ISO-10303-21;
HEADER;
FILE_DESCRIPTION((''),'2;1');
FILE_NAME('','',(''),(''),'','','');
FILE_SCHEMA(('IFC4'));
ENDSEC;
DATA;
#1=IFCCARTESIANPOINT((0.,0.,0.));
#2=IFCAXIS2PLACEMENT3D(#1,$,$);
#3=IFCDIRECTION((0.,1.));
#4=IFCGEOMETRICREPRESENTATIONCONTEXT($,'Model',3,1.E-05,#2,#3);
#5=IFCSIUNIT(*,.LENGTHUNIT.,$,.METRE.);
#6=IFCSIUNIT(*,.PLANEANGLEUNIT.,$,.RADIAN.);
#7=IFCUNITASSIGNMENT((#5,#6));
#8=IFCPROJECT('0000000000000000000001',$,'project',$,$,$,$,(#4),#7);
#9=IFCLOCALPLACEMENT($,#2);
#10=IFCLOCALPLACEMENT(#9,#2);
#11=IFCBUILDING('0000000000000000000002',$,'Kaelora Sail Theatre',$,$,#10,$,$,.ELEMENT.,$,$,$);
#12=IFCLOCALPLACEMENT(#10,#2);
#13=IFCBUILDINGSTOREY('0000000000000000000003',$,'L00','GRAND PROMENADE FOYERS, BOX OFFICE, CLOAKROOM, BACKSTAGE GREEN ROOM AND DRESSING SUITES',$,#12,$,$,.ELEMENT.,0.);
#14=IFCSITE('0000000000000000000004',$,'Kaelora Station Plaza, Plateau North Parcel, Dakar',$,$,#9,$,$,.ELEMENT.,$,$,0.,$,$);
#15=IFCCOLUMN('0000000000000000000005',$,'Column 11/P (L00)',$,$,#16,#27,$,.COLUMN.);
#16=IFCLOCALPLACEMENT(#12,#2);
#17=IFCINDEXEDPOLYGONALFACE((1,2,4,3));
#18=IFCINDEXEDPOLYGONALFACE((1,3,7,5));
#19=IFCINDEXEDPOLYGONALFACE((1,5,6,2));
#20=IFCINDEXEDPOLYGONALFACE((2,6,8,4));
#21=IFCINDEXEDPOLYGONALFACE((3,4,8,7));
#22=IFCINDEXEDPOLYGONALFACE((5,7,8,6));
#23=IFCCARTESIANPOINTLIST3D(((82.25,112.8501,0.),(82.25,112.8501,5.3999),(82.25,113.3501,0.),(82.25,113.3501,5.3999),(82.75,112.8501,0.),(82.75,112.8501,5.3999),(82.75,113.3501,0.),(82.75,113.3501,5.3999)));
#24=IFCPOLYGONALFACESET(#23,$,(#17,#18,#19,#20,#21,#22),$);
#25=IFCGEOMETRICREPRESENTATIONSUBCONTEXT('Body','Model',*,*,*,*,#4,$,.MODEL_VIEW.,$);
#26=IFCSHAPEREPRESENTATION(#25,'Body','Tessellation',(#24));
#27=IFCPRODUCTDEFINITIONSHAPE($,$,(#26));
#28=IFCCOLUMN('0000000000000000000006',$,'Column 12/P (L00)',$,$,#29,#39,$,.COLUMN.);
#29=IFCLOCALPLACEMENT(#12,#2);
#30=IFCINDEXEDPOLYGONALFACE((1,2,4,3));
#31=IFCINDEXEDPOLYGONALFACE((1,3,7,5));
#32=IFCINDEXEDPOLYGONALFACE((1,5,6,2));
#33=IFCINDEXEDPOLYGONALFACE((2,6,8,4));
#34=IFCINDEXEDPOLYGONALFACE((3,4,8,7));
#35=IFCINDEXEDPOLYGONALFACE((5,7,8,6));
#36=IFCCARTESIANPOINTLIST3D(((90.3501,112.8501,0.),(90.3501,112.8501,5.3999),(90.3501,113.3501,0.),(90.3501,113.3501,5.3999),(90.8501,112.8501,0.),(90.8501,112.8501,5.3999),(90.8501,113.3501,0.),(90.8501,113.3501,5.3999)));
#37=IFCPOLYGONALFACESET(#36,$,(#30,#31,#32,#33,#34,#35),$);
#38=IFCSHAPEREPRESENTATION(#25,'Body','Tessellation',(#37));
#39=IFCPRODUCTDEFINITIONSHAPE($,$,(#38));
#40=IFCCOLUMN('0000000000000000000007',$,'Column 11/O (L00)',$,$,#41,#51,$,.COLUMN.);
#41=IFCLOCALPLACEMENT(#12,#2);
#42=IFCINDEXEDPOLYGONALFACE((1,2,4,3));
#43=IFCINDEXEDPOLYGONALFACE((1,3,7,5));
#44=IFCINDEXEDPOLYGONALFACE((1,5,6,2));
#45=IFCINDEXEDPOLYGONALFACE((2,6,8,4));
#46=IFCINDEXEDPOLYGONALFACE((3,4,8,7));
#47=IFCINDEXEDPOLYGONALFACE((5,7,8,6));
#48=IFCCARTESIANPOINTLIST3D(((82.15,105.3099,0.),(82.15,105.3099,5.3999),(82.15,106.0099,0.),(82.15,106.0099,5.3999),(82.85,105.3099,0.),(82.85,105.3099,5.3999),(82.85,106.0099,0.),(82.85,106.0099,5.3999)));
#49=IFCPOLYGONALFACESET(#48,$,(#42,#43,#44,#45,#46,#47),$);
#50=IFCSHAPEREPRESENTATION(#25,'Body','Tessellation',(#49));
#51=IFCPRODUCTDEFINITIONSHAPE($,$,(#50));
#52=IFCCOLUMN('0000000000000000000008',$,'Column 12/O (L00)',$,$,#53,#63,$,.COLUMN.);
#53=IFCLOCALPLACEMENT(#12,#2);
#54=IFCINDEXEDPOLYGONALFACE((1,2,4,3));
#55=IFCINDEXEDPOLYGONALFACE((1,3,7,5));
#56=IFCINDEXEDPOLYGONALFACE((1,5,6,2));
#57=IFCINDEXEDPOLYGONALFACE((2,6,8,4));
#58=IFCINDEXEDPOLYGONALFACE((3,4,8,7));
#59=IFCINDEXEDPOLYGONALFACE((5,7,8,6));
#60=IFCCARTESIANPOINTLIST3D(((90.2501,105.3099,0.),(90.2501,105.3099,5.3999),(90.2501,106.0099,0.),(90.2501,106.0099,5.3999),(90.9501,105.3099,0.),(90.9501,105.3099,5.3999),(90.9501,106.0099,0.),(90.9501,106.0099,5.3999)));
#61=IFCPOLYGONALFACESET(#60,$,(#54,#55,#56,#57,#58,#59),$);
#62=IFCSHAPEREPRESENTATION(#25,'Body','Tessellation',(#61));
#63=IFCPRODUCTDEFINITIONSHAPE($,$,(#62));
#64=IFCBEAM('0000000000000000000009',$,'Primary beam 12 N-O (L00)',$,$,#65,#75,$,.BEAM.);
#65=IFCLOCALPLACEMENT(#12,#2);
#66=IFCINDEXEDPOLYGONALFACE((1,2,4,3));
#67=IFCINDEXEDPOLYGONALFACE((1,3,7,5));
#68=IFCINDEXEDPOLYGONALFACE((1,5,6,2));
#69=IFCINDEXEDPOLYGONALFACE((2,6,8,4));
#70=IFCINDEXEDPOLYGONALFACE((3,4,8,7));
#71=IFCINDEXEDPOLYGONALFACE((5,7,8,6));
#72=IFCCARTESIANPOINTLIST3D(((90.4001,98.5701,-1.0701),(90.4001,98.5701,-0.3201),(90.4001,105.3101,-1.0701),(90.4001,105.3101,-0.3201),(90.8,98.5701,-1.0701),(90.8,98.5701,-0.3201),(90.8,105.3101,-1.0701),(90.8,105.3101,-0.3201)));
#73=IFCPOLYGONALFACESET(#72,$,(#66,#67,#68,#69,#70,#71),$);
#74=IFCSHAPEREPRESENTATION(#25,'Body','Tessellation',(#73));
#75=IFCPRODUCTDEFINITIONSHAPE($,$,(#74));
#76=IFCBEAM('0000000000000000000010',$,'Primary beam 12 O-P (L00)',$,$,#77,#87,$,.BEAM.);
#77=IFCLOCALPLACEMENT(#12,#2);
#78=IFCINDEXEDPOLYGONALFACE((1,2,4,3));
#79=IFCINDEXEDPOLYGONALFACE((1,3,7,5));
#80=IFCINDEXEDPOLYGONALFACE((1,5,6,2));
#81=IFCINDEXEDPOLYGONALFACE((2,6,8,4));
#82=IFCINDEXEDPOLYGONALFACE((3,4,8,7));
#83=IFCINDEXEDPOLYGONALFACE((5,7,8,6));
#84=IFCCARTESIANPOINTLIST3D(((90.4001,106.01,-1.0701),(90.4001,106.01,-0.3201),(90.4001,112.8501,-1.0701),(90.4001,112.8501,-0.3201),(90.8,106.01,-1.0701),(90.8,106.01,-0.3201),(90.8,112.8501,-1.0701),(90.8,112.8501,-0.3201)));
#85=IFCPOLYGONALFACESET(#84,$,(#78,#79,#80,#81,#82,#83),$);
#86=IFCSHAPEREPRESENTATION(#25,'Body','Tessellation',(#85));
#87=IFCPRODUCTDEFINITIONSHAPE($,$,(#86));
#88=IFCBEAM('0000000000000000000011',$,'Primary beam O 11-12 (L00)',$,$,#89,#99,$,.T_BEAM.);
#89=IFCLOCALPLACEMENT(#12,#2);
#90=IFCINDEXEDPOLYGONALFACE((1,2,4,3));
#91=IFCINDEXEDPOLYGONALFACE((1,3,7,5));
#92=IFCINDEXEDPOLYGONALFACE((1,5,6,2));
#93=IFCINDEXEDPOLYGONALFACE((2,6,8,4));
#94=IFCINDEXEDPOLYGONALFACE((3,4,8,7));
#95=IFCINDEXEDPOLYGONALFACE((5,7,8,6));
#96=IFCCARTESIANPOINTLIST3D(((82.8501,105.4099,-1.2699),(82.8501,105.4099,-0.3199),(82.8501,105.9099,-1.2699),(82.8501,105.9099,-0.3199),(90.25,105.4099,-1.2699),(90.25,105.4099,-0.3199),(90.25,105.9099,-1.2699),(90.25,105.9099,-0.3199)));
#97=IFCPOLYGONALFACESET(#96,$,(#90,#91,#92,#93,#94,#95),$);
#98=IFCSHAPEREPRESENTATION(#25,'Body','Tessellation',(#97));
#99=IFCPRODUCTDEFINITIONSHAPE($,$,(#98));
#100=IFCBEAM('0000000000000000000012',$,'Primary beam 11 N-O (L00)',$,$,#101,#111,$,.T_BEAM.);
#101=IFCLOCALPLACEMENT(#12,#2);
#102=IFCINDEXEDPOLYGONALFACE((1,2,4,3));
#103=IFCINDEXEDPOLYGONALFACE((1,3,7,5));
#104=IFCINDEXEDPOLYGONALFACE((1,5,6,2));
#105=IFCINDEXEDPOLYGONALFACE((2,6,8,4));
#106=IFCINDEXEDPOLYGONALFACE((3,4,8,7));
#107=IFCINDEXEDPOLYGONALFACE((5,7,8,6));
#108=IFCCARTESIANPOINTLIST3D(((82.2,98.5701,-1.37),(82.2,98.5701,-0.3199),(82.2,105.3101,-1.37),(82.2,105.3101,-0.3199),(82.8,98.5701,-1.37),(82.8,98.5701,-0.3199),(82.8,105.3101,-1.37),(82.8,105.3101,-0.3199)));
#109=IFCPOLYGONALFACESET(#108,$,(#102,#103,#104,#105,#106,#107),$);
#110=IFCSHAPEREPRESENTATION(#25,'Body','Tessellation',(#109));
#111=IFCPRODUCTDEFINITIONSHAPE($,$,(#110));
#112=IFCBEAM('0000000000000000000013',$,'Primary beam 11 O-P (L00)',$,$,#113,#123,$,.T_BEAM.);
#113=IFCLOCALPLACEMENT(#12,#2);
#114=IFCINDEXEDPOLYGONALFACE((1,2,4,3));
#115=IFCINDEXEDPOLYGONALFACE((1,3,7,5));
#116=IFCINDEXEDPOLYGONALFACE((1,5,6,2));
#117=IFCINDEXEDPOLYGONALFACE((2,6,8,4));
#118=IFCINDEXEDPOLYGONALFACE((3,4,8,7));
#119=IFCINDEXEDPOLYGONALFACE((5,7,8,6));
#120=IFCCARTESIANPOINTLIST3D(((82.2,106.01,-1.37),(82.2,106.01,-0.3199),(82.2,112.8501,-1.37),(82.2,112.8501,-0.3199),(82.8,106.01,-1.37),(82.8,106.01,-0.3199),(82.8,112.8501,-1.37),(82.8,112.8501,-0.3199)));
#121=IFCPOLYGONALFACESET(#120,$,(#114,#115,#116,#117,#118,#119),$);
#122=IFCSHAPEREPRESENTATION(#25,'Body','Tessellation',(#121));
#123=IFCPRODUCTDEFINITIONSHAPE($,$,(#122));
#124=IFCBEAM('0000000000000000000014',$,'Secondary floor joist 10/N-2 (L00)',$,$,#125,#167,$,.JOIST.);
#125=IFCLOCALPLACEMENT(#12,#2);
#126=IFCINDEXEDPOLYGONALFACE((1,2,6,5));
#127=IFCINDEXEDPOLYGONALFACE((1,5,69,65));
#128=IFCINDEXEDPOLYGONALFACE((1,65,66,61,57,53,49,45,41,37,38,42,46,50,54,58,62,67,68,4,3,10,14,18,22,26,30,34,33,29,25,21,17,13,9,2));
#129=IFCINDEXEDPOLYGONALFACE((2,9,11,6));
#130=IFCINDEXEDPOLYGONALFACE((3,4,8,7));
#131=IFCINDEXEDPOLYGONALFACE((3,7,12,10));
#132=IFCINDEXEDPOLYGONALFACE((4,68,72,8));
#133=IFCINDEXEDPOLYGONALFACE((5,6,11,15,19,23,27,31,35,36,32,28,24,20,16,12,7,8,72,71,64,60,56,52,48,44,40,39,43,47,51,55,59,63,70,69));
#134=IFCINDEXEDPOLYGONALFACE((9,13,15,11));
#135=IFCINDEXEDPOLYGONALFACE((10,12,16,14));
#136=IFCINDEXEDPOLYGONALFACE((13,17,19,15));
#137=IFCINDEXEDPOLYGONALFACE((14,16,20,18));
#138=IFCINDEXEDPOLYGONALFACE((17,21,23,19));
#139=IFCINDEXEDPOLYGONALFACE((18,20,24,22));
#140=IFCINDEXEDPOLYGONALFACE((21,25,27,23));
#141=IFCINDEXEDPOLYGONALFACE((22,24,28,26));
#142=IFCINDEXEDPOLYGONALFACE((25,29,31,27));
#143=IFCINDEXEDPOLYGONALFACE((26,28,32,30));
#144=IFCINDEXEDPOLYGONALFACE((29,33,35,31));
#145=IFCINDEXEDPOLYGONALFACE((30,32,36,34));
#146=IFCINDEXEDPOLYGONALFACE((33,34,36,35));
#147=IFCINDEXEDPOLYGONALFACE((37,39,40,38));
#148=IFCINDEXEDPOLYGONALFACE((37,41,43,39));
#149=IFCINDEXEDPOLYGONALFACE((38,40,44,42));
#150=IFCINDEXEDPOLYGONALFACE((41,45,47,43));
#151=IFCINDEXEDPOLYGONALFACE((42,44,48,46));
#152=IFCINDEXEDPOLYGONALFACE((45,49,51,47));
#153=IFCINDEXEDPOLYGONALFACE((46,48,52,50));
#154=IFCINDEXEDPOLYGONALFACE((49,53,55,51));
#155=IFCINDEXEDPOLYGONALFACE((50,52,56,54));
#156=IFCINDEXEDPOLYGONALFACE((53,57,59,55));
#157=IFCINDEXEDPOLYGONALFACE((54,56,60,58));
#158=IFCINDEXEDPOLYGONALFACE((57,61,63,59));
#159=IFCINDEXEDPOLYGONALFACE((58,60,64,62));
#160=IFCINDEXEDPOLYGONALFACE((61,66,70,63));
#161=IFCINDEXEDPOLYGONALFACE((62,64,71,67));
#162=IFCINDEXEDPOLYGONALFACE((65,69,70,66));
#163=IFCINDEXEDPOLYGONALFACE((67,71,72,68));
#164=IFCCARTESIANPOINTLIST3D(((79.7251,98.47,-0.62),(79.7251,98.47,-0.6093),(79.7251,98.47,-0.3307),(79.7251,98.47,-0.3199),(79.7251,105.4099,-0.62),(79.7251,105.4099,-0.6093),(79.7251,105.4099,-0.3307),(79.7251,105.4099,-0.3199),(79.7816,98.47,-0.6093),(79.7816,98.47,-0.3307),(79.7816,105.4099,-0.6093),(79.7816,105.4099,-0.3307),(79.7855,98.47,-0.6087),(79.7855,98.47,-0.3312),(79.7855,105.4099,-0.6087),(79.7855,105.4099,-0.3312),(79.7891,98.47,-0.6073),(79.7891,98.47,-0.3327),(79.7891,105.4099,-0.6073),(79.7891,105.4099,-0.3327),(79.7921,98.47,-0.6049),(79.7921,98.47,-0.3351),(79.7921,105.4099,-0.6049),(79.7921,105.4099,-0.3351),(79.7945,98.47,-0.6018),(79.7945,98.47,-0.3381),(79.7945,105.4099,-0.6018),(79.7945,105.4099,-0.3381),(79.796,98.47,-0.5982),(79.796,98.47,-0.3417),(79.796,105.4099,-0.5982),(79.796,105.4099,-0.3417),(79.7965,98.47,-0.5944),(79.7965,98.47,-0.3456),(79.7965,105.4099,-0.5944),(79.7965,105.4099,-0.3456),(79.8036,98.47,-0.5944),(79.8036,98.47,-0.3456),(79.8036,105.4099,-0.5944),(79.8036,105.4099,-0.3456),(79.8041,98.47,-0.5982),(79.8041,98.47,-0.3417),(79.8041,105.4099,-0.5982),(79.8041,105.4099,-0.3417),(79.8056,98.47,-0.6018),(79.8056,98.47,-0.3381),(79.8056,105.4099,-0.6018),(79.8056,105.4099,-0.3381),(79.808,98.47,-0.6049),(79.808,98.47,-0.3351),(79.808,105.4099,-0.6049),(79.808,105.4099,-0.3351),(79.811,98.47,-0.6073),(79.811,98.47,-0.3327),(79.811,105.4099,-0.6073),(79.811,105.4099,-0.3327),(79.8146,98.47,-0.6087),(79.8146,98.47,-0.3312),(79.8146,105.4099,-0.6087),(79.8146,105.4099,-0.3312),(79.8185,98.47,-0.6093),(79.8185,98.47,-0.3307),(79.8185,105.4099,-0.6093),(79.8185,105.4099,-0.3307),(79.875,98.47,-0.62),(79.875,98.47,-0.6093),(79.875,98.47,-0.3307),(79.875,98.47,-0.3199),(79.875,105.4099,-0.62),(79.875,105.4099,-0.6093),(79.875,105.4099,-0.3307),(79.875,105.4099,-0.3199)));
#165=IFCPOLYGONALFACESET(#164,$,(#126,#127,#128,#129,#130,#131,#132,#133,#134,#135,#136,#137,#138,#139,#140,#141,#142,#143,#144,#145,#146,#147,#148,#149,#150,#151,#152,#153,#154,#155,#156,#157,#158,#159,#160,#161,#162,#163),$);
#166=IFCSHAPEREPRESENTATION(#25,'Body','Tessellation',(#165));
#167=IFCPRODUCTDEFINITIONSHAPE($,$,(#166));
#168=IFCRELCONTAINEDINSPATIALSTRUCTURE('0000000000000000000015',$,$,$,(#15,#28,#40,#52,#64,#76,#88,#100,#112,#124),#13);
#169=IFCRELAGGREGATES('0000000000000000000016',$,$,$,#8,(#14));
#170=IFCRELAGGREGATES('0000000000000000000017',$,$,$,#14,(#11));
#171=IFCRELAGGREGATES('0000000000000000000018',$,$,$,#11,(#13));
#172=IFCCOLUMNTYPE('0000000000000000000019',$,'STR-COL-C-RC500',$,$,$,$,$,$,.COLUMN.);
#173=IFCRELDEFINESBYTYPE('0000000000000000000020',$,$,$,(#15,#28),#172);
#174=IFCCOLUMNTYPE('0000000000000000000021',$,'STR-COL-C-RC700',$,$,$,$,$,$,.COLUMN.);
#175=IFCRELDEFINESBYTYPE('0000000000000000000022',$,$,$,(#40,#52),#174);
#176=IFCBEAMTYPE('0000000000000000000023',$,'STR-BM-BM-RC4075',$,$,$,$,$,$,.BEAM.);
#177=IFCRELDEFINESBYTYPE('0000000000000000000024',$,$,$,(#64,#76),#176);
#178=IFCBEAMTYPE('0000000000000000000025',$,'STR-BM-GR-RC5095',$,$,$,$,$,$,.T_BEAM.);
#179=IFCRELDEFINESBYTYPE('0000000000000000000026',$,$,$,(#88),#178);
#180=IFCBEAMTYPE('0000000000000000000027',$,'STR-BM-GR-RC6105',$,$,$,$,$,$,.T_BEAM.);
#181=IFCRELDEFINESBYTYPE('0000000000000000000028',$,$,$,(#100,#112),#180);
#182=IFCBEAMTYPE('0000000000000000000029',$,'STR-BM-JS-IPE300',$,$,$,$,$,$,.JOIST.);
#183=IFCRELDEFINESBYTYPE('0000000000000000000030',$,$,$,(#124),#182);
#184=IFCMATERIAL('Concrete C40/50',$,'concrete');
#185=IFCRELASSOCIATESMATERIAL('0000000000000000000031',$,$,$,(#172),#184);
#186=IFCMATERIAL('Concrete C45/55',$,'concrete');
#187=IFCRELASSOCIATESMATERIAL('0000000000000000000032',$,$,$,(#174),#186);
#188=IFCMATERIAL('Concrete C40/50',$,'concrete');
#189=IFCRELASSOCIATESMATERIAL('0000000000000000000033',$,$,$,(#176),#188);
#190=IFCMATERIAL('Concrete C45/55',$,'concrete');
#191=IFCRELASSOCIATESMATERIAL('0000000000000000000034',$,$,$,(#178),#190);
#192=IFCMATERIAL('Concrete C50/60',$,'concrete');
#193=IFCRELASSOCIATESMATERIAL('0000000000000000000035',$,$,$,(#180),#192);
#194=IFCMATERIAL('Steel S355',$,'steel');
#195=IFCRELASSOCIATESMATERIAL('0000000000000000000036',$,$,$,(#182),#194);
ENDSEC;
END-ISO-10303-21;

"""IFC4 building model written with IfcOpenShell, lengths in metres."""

from ifc_helpers import new_model, si_unit, direction, frame, origin, origin_2d, place, context, subcontext, project, spatial, rectangle, i_section, extrude, material, material_profile, profile_set, type_object, element, save


model = new_model("IFC4")

# Units and contexts
model_context = context("Model", 3, precision=1e-05, world=origin(), true_north=direction((0.0, 1.0)))
body_context = subcontext(model_context, "Body", "Model", "MODEL_VIEW")
ifc_project = project(units=[si_unit("LENGTHUNIT", "METRE"), si_unit("PLANEANGLEUNIT", "RADIAN")], contexts=[model_context])

# Site, building, storey
site_placement = place(None, origin())
site = spatial("IfcSite", under=ifc_project, at=site_placement, Name="Kaelora Station Plaza, Plateau North Parcel, Dakar", CompositionType="ELEMENT", RefElevation=0.0)
building_placement = place(site_placement, origin())
building = spatial("IfcBuilding", under=site, at=building_placement, Name="Kaelora Sail Theatre", CompositionType="ELEMENT")
storey_placement = place(building_placement, origin())
storey = spatial("IfcBuildingStorey", under=building, at=storey_placement, Name="L00", Description="GRAND PROMENADE FOYERS, BOX OFFICE, CLOAKROOM, BACKSTAGE GREEN ROOM AND DRESSING SUITES", CompositionType="ELEMENT", Elevation=0.0)

# Columns
ifc_material_1 = material(Name="Concrete C40/50", Category="concrete")
ifc_material_profile_1 = material_profile(ifc_material_1, rectangle(XDim=0.5, YDim=0.5, at=origin_2d()), Name="RC-COL 500x500")
ifc_profile_set_1 = profile_set([ifc_material_profile_1], Name="Concrete C40/50")
column_type_1 = type_object("IfcColumnType", Name="STR-COL-C-RC500", PredefinedType="COLUMN", material=ifc_profile_set_1)
for number, where, z_axis, x_axis, name in (
    (1, (82.5, 113.1001, 0.0), (0.0, 0.0, 1.0), (1.0, 0.0, 0.0), "Column 11/P (L00)"),
    (2, (90.6001, 113.1001, 0.0), (0.0, 0.0, 1.0), (1.0, 0.0, 0.0), "Column 12/P (L00)"),
):
    element("IfcColumn", number, at=place(storey_placement, frame(where, z_axis=z_axis, x_axis=x_axis)), inside=storey, type_object=column_type_1, Name=name, PredefinedType="COLUMN", context=body_context, shape_type="SweptSolid", body=[
        extrude(rectangle(XDim=0.5, YDim=0.5, at=origin_2d()), origin(), (0.0, 0.0, 1.0), 5.3999),
    ])
ifc_material_2 = material(Name="Concrete C45/55", Category="concrete")
ifc_material_profile_2 = material_profile(ifc_material_2, rectangle(XDim=0.7, YDim=0.7, at=origin_2d()), Name="RC-COL 700x700")
ifc_profile_set_2 = profile_set([ifc_material_profile_2], Name="Concrete C45/55")
column_type_2 = type_object("IfcColumnType", Name="STR-COL-C-RC700", PredefinedType="COLUMN", material=ifc_profile_set_2)
for number, where, z_axis, x_axis, name in (
    (3, (82.5, 105.6599, 0.0), (0.0, 0.0, 1.0), (1.0, 0.0, 0.0), "Column 11/O (L00)"),
    (4, (90.6001, 105.6599, 0.0), (0.0, 0.0, 1.0), (1.0, 0.0, 0.0), "Column 12/O (L00)"),
):
    element("IfcColumn", number, at=place(storey_placement, frame(where, z_axis=z_axis, x_axis=x_axis)), inside=storey, type_object=column_type_2, Name=name, PredefinedType="COLUMN", context=body_context, shape_type="SweptSolid", body=[
        extrude(rectangle(XDim=0.7, YDim=0.7, at=origin_2d()), origin(), (0.0, 0.0, 1.0), 5.3999),
    ])

# Beams
ifc_material_3 = material(Name="Concrete C40/50", Category="concrete")
ifc_material_profile_3 = material_profile(ifc_material_3, rectangle(XDim=0.3999, YDim=0.75, at=origin_2d()), Name="RC-BM 400x750")
ifc_profile_set_3 = profile_set([ifc_material_profile_3], Name="Concrete C40/50")
beam_type_1 = type_object("IfcBeamType", Name="STR-BM-BM-RC4075", PredefinedType="BEAM", material=ifc_profile_set_3)
beam_1_placement = place(storey_placement, frame((90.6001, 98.5701, -0.6951), z_axis=(0.0, 1.0, 0.0), x_axis=(-1.0, 0.0, 0.0)))
element("IfcBeam", 5, at=beam_1_placement, inside=storey, type_object=beam_type_1, Name="Primary beam 12 N-O (L00)", PredefinedType="BEAM", context=body_context, shape_type="SweptSolid", body=[
    extrude(rectangle(XDim=0.3999, YDim=0.75, at=origin_2d()), origin(), (0.0, 0.0, 1.0), 6.74),
])
beam_2_placement = place(storey_placement, frame((90.6001, 106.01, -0.6951), z_axis=(0.0, 1.0, 0.0), x_axis=(-1.0, 0.0, 0.0)))
element("IfcBeam", 6, at=beam_2_placement, inside=storey, type_object=beam_type_1, Name="Primary beam 12 O-P (L00)", PredefinedType="BEAM", context=body_context, shape_type="SweptSolid", body=[
    extrude(rectangle(XDim=0.3999, YDim=0.75, at=origin_2d()), origin(), (0.0, 0.0, 1.0), 6.8401),
])
ifc_material_4 = material(Name="Concrete C45/55", Category="concrete")
ifc_material_profile_4 = material_profile(ifc_material_4, rectangle(XDim=0.5, YDim=0.95, at=origin_2d()), Name="RC-GRD 500x950")
ifc_profile_set_4 = profile_set([ifc_material_profile_4], Name="Concrete C45/55")
beam_type_2 = type_object("IfcBeamType", Name="STR-BM-GR-RC5095", PredefinedType="T_BEAM", material=ifc_profile_set_4)
beam_3_placement = place(storey_placement, frame((82.8501, 105.6599, -0.7949), z_axis=(1.0, 0.0, 0.0), x_axis=(0.0, 1.0, 0.0)))
element("IfcBeam", 7, at=beam_3_placement, inside=storey, type_object=beam_type_2, Name="Primary beam O 11-12 (L00)", PredefinedType="T_BEAM", context=body_context, shape_type="SweptSolid", body=[
    extrude(rectangle(XDim=0.5, YDim=0.95, at=origin_2d()), origin(), (0.0, 0.0, 1.0), 7.3999),
])
ifc_material_5 = material(Name="Concrete C50/60", Category="concrete")
ifc_material_profile_5 = material_profile(ifc_material_5, rectangle(XDim=0.6001, YDim=1.05, at=origin_2d()), Name="RC-GRD 600x1050")
ifc_profile_set_5 = profile_set([ifc_material_profile_5], Name="Concrete C50/60")
beam_type_3 = type_object("IfcBeamType", Name="STR-BM-GR-RC6105", PredefinedType="T_BEAM", material=ifc_profile_set_5)
beam_4_placement = place(storey_placement, frame((82.5, 98.5701, -0.845), z_axis=(0.0, 1.0, 0.0), x_axis=(-1.0, 0.0, 0.0)))
element("IfcBeam", 8, at=beam_4_placement, inside=storey, type_object=beam_type_3, Name="Primary beam 11 N-O (L00)", PredefinedType="T_BEAM", context=body_context, shape_type="SweptSolid", body=[
    extrude(rectangle(XDim=0.6001, YDim=1.05, at=origin_2d()), origin(), (0.0, 0.0, 1.0), 6.74),
])
beam_5_placement = place(storey_placement, frame((82.5, 106.01, -0.845), z_axis=(0.0, 1.0, 0.0), x_axis=(-1.0, 0.0, 0.0)))
element("IfcBeam", 9, at=beam_5_placement, inside=storey, type_object=beam_type_3, Name="Primary beam 11 O-P (L00)", PredefinedType="T_BEAM", context=body_context, shape_type="SweptSolid", body=[
    extrude(rectangle(XDim=0.6001, YDim=1.05, at=origin_2d()), origin(), (0.0, 0.0, 1.0), 6.8401),
])
ifc_material_6 = material(Name="Steel S355", Category="steel")
ifc_material_profile_6 = material_profile(ifc_material_6, i_section(OverallWidth=0.1499, OverallDepth=0.3, WebThickness=0.0071, FlangeThickness=0.0107, FilletRadius=0.0149, at=origin_2d()), Name="IPE 300")
ifc_profile_set_6 = profile_set([ifc_material_profile_6], Name="Steel S355")
beam_type_4 = type_object("IfcBeamType", Name="STR-BM-JS-IPE300", PredefinedType="JOIST", material=ifc_profile_set_6)
for number, where, z_axis, x_axis, name in (
    (10, (79.8, 98.47, -0.47), (0.0, 1.0, 0.0), (-1.0, 0.0, 0.0), "Secondary floor joist 10/N-2 (L00)"),
):
    element("IfcBeam", number, at=place(storey_placement, frame(where, z_axis=z_axis, x_axis=x_axis)), inside=storey, type_object=beam_type_4, Name=name, PredefinedType="JOIST", context=body_context, shape_type="SweptSolid", body=[
        extrude(i_section(OverallWidth=0.1499, OverallDepth=0.3, WebThickness=0.0071, FlangeThickness=0.0107, FilletRadius=0.0149, at=origin_2d()), origin(), (0.0, 0.0, 1.0), 6.9399),
    ])

save(model, "model.ifc")
